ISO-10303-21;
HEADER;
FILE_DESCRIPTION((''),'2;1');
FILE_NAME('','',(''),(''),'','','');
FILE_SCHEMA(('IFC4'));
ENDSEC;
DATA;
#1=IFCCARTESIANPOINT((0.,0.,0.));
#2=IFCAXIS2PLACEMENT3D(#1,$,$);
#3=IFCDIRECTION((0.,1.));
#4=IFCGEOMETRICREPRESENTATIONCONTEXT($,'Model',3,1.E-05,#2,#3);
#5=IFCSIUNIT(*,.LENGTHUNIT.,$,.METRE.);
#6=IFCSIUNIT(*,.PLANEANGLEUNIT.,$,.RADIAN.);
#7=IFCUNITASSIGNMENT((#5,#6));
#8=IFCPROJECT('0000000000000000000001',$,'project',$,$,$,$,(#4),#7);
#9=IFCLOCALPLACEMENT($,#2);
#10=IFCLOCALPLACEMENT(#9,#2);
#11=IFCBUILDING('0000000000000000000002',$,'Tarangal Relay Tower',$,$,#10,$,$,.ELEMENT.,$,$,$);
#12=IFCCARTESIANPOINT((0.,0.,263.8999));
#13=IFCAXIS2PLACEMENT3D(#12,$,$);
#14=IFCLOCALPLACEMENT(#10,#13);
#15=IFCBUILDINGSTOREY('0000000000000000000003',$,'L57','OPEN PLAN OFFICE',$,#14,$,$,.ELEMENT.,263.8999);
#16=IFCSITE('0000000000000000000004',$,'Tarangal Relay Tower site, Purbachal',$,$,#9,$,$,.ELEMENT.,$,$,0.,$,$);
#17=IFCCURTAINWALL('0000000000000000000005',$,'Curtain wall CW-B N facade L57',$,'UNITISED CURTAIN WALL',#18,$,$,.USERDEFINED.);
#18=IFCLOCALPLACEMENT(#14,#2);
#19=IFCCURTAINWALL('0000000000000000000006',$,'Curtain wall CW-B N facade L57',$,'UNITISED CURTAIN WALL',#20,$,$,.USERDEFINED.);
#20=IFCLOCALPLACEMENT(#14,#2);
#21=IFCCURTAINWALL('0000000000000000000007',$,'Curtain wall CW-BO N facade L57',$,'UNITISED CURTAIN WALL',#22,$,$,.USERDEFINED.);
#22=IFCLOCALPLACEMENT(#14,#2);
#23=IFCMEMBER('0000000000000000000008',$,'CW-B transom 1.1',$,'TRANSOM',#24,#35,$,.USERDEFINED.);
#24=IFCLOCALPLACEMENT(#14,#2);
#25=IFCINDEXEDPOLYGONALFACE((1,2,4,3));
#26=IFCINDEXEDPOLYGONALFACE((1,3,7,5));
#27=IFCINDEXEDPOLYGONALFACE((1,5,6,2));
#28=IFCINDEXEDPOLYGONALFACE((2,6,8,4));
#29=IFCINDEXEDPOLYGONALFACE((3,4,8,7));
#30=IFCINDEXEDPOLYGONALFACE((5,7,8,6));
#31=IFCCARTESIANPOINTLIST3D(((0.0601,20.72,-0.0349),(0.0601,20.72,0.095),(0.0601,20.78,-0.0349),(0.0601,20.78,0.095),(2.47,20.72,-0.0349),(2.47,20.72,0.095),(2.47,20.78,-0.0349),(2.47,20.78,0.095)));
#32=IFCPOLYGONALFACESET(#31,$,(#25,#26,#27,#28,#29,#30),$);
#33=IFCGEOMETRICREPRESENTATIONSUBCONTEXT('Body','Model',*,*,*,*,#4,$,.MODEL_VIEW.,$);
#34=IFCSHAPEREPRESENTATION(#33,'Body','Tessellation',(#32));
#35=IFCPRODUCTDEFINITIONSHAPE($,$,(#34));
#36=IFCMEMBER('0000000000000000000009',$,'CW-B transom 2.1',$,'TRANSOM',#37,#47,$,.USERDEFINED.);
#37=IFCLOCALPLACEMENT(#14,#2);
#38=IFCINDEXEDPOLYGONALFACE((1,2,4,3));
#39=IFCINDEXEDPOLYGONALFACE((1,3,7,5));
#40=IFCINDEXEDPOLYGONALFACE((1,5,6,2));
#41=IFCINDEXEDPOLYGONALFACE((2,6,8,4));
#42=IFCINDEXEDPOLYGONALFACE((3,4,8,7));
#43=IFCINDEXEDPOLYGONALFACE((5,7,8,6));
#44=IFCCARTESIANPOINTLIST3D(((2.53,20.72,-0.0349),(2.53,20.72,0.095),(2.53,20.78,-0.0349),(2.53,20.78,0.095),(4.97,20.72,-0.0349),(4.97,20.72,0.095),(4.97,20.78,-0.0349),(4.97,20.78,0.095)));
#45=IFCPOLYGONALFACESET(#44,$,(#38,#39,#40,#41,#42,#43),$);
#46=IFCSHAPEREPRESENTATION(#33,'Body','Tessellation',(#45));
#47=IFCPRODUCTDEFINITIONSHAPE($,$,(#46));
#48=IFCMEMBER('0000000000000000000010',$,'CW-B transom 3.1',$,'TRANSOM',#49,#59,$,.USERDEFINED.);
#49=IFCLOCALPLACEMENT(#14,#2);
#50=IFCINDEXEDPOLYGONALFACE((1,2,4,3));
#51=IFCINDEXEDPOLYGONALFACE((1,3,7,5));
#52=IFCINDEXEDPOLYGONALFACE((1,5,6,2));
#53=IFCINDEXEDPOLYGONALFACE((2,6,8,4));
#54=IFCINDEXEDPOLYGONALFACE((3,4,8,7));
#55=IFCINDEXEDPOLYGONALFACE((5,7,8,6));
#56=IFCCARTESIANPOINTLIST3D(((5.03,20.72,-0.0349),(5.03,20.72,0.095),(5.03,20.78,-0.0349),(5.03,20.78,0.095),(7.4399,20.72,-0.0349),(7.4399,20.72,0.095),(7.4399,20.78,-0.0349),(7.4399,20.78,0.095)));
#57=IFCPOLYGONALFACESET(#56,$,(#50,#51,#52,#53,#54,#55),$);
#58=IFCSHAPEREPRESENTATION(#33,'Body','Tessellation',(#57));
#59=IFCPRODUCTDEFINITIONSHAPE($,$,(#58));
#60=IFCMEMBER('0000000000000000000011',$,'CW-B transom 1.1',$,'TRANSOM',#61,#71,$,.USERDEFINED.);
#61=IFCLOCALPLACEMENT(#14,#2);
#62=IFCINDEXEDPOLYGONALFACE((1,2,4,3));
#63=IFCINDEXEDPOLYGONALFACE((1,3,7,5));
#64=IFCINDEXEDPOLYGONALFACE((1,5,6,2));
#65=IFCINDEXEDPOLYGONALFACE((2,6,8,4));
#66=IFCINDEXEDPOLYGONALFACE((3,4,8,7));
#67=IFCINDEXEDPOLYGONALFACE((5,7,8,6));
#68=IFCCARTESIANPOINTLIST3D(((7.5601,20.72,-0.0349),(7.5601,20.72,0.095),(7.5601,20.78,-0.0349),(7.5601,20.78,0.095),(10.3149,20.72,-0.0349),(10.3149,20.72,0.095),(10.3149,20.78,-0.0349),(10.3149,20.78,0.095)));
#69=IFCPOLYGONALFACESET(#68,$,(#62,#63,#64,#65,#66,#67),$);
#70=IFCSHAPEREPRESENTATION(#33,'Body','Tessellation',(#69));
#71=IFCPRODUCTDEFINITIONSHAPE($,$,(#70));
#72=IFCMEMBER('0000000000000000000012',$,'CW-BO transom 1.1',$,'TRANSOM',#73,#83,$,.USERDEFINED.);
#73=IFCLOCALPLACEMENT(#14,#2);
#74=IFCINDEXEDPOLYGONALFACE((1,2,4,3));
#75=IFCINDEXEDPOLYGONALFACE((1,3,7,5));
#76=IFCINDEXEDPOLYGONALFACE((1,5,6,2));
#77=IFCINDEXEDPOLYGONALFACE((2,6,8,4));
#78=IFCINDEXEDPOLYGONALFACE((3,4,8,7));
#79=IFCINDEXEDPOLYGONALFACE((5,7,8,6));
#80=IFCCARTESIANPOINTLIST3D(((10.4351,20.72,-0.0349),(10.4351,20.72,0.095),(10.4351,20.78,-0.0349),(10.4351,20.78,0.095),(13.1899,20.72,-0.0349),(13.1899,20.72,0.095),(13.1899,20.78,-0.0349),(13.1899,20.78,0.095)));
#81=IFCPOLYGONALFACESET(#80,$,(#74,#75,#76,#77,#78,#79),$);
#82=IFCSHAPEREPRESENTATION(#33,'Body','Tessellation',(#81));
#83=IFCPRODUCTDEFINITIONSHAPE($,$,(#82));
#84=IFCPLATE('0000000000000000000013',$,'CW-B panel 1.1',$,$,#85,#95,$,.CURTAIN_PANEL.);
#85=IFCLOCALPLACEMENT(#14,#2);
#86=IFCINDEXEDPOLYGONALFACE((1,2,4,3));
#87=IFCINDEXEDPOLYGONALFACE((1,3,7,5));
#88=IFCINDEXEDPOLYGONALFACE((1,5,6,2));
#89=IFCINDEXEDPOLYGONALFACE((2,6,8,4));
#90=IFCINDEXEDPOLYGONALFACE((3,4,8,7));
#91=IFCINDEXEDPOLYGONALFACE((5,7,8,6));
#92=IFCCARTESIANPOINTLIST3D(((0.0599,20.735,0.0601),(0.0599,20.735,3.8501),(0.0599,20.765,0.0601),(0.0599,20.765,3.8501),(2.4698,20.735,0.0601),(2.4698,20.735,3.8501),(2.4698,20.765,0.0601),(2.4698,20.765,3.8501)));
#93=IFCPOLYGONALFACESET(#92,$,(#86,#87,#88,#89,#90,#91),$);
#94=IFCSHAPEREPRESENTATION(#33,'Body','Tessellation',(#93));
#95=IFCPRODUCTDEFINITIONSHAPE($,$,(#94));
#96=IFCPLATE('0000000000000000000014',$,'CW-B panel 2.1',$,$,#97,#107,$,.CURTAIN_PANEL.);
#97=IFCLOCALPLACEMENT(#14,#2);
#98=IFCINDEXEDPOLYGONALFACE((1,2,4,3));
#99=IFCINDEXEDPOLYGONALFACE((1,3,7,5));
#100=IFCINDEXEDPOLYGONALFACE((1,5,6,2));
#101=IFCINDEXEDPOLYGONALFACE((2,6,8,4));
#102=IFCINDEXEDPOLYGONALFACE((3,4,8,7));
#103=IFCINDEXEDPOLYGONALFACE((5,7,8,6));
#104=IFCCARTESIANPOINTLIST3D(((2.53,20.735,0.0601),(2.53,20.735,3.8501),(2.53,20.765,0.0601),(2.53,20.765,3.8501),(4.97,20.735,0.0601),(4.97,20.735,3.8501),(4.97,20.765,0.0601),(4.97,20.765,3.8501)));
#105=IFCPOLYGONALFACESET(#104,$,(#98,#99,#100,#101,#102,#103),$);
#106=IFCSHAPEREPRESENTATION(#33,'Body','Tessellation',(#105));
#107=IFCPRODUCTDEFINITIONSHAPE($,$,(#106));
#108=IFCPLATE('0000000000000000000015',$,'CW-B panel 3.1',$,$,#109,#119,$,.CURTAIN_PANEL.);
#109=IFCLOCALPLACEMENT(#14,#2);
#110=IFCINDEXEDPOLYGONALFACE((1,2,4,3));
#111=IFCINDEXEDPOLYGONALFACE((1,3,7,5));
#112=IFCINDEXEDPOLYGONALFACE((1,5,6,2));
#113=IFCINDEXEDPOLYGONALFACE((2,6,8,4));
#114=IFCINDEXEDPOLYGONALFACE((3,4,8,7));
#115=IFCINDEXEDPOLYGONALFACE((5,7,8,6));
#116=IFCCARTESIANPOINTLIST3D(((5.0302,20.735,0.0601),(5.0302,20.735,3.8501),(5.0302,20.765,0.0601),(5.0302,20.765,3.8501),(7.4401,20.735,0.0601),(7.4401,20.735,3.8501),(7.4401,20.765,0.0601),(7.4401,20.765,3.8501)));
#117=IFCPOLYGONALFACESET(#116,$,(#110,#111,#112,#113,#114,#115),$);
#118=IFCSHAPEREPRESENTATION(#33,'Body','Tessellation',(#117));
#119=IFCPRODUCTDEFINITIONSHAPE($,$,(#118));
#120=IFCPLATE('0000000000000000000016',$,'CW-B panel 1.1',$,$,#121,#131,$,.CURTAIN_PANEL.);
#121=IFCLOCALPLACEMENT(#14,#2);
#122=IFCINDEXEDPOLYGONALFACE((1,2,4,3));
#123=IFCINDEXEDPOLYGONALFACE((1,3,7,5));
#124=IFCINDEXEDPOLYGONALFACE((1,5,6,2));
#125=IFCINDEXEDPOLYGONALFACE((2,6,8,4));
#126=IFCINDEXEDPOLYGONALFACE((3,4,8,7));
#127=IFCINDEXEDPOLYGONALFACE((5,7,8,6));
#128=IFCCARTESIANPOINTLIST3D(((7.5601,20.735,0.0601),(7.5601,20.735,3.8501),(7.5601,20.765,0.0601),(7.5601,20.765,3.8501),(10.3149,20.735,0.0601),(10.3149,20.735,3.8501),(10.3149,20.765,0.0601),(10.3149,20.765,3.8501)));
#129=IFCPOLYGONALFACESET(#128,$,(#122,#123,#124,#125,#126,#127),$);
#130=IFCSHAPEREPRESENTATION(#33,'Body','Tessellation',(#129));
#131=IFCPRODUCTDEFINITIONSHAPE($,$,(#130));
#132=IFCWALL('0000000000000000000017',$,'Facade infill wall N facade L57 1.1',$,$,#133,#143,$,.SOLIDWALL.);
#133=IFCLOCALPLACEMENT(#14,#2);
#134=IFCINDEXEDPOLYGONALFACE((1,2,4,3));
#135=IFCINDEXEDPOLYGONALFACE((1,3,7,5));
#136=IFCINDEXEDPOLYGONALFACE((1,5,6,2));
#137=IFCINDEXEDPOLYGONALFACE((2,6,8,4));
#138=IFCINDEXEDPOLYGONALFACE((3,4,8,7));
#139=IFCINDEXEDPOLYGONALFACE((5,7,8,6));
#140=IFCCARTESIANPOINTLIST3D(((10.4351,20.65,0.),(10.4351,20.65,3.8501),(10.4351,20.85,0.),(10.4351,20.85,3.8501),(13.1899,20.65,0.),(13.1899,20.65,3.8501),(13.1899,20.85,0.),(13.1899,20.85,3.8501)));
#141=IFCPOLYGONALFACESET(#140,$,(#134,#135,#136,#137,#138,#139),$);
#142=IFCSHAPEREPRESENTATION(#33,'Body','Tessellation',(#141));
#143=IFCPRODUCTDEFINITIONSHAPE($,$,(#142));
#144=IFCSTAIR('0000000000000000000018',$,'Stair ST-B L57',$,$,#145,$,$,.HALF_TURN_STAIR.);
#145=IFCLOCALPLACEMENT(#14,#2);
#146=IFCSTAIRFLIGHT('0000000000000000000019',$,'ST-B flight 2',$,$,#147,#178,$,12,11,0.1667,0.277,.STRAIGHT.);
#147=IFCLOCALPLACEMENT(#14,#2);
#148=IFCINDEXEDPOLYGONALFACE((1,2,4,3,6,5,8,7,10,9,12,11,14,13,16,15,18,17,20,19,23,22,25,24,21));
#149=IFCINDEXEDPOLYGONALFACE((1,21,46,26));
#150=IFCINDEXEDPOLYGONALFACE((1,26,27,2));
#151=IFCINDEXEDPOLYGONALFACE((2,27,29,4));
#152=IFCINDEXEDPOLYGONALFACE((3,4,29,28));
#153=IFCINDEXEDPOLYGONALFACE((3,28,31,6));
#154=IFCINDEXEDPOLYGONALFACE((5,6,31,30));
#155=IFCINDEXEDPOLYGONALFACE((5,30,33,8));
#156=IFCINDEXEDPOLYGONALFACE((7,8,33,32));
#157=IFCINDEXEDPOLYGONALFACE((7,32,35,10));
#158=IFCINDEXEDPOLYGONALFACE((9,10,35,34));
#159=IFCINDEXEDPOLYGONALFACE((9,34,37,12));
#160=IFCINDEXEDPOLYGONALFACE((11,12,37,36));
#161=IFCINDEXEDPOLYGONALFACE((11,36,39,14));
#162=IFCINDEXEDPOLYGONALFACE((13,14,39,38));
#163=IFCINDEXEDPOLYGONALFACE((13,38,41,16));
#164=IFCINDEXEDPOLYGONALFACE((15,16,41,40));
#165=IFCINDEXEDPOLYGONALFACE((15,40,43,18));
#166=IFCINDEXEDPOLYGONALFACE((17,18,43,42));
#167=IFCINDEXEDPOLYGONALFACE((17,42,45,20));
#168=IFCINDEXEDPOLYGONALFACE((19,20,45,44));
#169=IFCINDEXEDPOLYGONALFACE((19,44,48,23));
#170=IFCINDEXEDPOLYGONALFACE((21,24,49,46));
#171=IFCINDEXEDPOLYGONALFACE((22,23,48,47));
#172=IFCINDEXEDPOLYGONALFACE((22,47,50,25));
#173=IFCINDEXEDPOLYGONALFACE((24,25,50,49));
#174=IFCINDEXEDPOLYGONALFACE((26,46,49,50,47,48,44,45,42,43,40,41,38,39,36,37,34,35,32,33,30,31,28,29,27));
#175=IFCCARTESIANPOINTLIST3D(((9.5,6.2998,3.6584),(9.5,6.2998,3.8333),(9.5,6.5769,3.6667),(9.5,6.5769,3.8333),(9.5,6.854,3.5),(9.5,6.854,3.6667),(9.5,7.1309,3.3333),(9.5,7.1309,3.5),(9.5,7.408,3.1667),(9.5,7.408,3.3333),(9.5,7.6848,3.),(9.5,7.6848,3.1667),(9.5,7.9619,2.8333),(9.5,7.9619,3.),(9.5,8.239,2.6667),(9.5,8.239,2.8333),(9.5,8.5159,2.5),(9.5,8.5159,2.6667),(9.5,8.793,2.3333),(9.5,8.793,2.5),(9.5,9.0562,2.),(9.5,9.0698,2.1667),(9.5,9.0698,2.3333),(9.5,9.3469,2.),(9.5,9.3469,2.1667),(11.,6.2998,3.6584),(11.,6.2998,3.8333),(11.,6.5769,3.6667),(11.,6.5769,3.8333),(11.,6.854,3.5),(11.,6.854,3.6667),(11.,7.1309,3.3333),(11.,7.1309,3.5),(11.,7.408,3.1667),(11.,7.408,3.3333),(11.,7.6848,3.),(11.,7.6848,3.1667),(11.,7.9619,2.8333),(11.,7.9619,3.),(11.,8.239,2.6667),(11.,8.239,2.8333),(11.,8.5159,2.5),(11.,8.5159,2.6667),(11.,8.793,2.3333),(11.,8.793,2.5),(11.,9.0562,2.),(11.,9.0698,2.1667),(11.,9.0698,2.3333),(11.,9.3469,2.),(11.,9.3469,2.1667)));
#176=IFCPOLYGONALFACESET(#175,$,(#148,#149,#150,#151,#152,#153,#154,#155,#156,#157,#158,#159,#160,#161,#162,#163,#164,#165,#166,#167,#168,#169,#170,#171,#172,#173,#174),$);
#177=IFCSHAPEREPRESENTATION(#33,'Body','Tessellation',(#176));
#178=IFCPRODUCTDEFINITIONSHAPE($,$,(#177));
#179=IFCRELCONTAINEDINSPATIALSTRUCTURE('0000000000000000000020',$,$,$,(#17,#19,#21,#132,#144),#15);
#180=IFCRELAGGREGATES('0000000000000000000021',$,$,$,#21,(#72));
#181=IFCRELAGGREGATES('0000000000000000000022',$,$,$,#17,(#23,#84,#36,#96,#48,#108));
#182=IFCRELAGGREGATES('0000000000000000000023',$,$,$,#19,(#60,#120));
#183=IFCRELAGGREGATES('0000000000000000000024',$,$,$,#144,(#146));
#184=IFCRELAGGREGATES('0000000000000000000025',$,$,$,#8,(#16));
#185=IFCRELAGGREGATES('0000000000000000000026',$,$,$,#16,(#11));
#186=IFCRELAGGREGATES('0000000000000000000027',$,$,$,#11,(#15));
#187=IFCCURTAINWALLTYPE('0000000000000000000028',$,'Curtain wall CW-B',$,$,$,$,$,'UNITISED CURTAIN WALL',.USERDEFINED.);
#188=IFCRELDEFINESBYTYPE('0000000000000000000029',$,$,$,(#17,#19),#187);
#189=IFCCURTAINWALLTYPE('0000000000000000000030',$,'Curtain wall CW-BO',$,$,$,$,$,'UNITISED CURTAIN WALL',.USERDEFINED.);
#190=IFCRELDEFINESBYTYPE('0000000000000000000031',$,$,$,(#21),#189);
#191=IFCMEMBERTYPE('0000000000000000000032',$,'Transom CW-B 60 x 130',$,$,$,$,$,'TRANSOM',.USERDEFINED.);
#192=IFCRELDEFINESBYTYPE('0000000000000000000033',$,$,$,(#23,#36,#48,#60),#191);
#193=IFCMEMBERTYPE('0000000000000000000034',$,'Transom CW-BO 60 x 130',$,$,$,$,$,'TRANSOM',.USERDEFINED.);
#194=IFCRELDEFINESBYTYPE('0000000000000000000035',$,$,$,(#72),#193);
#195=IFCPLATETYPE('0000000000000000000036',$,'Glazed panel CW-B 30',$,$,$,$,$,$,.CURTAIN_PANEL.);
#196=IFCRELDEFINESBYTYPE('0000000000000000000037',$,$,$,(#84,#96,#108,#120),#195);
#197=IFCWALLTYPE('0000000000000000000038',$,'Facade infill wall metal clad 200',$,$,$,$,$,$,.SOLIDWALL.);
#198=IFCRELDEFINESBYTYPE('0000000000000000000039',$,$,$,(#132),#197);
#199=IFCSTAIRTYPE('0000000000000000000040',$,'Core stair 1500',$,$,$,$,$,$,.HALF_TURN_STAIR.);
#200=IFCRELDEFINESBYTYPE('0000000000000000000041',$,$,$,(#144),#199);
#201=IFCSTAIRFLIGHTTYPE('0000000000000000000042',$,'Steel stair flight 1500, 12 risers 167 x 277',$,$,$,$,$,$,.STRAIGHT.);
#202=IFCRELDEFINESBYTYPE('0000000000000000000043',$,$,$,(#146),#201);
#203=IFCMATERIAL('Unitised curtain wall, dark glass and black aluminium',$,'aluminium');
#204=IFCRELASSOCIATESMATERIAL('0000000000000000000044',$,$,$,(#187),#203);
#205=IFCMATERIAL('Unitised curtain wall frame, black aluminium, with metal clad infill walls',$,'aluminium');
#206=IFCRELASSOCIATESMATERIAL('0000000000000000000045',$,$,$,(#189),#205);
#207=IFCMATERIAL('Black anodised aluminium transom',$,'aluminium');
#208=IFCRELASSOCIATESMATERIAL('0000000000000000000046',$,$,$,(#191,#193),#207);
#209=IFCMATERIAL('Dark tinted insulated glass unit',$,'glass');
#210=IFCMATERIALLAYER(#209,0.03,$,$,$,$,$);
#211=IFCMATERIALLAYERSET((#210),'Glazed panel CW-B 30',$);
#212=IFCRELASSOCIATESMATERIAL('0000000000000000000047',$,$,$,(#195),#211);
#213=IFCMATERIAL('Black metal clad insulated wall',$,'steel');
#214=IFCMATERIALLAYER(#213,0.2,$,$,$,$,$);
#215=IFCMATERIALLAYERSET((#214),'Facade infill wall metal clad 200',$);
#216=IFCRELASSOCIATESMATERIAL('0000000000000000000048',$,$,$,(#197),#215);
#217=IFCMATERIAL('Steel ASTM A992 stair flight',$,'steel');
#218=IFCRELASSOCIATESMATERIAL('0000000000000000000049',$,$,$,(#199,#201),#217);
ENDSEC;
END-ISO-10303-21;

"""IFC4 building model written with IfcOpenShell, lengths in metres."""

from ifc_helpers import new_model, si_unit, direction, frame, frame_2d, origin, origin_2d, place, context, subcontext, project, spatial, polyline, rectangle, outline, extrude, material, layer, layer_set, material_profile, profile_set, type_object, element, aggregate, save


model = new_model("IFC4")

# Units and contexts
model_context = context("Model", 3, precision=1e-05, world=origin(), true_north=direction((0.0, 1.0)))
body_context = subcontext(model_context, "Body", "Model", "MODEL_VIEW")
ifc_project = project(units=[si_unit("LENGTHUNIT", "METRE"), si_unit("PLANEANGLEUNIT", "RADIAN")], contexts=[model_context])

# Site, building, storey
site_placement = place(None, origin())
site = spatial("IfcSite", under=ifc_project, at=site_placement, Name="Tarangal Relay Tower site, Purbachal", CompositionType="ELEMENT", RefElevation=0.0)
building_placement = place(site_placement, origin())
building = spatial("IfcBuilding", under=site, at=building_placement, Name="Tarangal Relay Tower", CompositionType="ELEMENT")
storey_placement = place(building_placement, frame((0.0, 0.0, 263.8999)))
storey = spatial("IfcBuildingStorey", under=building, at=storey_placement, Name="L57", Description="OPEN PLAN OFFICE", CompositionType="ELEMENT", Elevation=263.8999)

# Curtain walls
ifc_material_1 = material(Name="Unitised curtain wall, dark glass and black aluminium", Category="aluminium")
curtain_wall_type_1 = type_object("IfcCurtainWallType", Name="Curtain wall CW-B", ElementType="UNITISED CURTAIN WALL", PredefinedType="USERDEFINED", material=ifc_material_1)
curtain_wall_1_placement = place(storey_placement, origin())
curtain_wall_1 = element("IfcCurtainWall", 1, at=curtain_wall_1_placement, inside=storey, type_object=curtain_wall_type_1, Name="Curtain wall CW-B N facade L57", ObjectType="UNITISED CURTAIN WALL", PredefinedType="USERDEFINED")
curtain_wall_2_placement = place(storey_placement, origin())
curtain_wall_2 = element("IfcCurtainWall", 2, at=curtain_wall_2_placement, inside=storey, type_object=curtain_wall_type_1, Name="Curtain wall CW-B N facade L57", ObjectType="UNITISED CURTAIN WALL", PredefinedType="USERDEFINED")

# Curtain wall
ifc_material_2 = material(Name="Unitised curtain wall frame, black aluminium, with metal clad infill walls", Category="aluminium")
curtain_wall_type_2 = type_object("IfcCurtainWallType", Name="Curtain wall CW-BO", ElementType="UNITISED CURTAIN WALL", PredefinedType="USERDEFINED", material=ifc_material_2)
curtain_wall_3_placement = place(storey_placement, origin())
curtain_wall_3 = element("IfcCurtainWall", 3, at=curtain_wall_3_placement, inside=storey, type_object=curtain_wall_type_2, Name="Curtain wall CW-BO N facade L57", ObjectType="UNITISED CURTAIN WALL", PredefinedType="USERDEFINED")

# Members
ifc_material_3 = material(Name="Black anodised aluminium transom", Category="aluminium")
ifc_material_profile_1 = material_profile(ifc_material_3, rectangle(XDim=0.0601, YDim=0.1299, at=origin_2d()), Name="CW-BT 60X130")
ifc_profile_set_1 = profile_set([ifc_material_profile_1], Name="Black anodised aluminium transom")
member_type_1 = type_object("IfcMemberType", Name="Transom CW-B 60 x 130", ElementType="TRANSOM", PredefinedType="USERDEFINED", material=ifc_profile_set_1)
member_1_placement = place(storey_placement, frame((0.0601, 20.75, 0.03), z_axis=(1.0, 0.0, 0.0), x_axis=(0.0, 1.0, 0.0)))
member_1 = element("IfcMember", 4, at=member_1_placement, type_object=member_type_1, Name="CW-B transom 1.1", ObjectType="TRANSOM", PredefinedType="USERDEFINED", context=body_context, shape_type="SweptSolid", body=[
    extrude(rectangle(XDim=0.0601, YDim=0.1299, at=origin_2d()), origin(), (0.0, 0.0, 1.0), 2.4099),
])
member_2_placement = place(storey_placement, frame((2.53, 20.75, 0.03), z_axis=(1.0, 0.0, 0.0), x_axis=(0.0, 1.0, 0.0)))
member_2 = element("IfcMember", 5, at=member_2_placement, type_object=member_type_1, Name="CW-B transom 2.1", ObjectType="TRANSOM", PredefinedType="USERDEFINED", context=body_context, shape_type="SweptSolid", body=[
    extrude(rectangle(XDim=0.0601, YDim=0.1299, at=origin_2d()), origin(), (0.0, 0.0, 1.0), 2.4399),
])
member_3_placement = place(storey_placement, frame((5.03, 20.75, 0.03), z_axis=(1.0, 0.0, 0.0), x_axis=(0.0, 1.0, 0.0)))
member_3 = element("IfcMember", 6, at=member_3_placement, type_object=member_type_1, Name="CW-B transom 3.1", ObjectType="TRANSOM", PredefinedType="USERDEFINED", context=body_context, shape_type="SweptSolid", body=[
    extrude(rectangle(XDim=0.0601, YDim=0.1299, at=origin_2d()), origin(), (0.0, 0.0, 1.0), 2.4099),
])
member_4_placement = place(storey_placement, frame((7.5601, 20.75, 0.03), z_axis=(1.0, 0.0, 0.0), x_axis=(0.0, 1.0, 0.0)))
member_4 = element("IfcMember", 7, at=member_4_placement, type_object=member_type_1, Name="CW-B transom 1.1", ObjectType="TRANSOM", PredefinedType="USERDEFINED", context=body_context, shape_type="SweptSolid", body=[
    extrude(rectangle(XDim=0.0601, YDim=0.1299, at=origin_2d()), origin(), (0.0, 0.0, 1.0), 2.7549),
])
ifc_material_profile_2 = material_profile(ifc_material_3, rectangle(XDim=0.0601, YDim=0.1299, at=origin_2d()), Name="CW-BOT 60X130")
ifc_profile_set_2 = profile_set([ifc_material_profile_2], Name="Black anodised aluminium transom")
member_type_2 = type_object("IfcMemberType", Name="Transom CW-BO 60 x 130", ElementType="TRANSOM", PredefinedType="USERDEFINED", material=ifc_profile_set_2)
member_5_placement = place(storey_placement, frame((10.4351, 20.75, 0.03), z_axis=(1.0, 0.0, 0.0), x_axis=(0.0, 1.0, 0.0)))
member_5 = element("IfcMember", 8, at=member_5_placement, type_object=member_type_2, Name="CW-BO transom 1.1", ObjectType="TRANSOM", PredefinedType="USERDEFINED", context=body_context, shape_type="SweptSolid", body=[
    extrude(rectangle(XDim=0.0601, YDim=0.1299, at=origin_2d()), origin(), (0.0, 0.0, 1.0), 2.7549),
])
aggregate(curtain_wall_3, [member_5])

# Plates
ifc_material_4 = material(Name="Dark tinted insulated glass unit", Category="glass")
ifc_layer_1 = layer(ifc_material_4, 0.03)
ifc_layer_set_1 = layer_set([ifc_layer_1], Name="Glazed panel CW-B 30")
plate_type = type_object("IfcPlateType", Name="Glazed panel CW-B 30", PredefinedType="CURTAIN_PANEL", material=ifc_layer_set_1)
plate_1_placement = place(storey_placement, frame((1.2649, 20.75, 0.0601), z_axis=(0.0, 0.0, 1.0), x_axis=(1.0, 0.0, 0.0)))
plate_1 = element("IfcPlate", 9, at=plate_1_placement, type_object=plate_type, Name="CW-B panel 1.1", PredefinedType="CURTAIN_PANEL", context=body_context, shape_type="SweptSolid", body=[
    extrude(rectangle(XDim=2.4099, YDim=0.03, at=origin_2d()), origin(), (0.0, 0.0, 1.0), 3.79),
])
plate_2_placement = place(storey_placement, frame((3.75, 20.75, 0.0601), z_axis=(0.0, 0.0, 1.0), x_axis=(1.0, 0.0, 0.0)))
plate_2 = element("IfcPlate", 10, at=plate_2_placement, type_object=plate_type, Name="CW-B panel 2.1", PredefinedType="CURTAIN_PANEL", context=body_context, shape_type="SweptSolid", body=[
    extrude(rectangle(XDim=2.4399, YDim=0.03, at=origin_2d()), origin(), (0.0, 0.0, 1.0), 3.79),
])
plate_3_placement = place(storey_placement, frame((6.2351, 20.75, 0.0601), z_axis=(0.0, 0.0, 1.0), x_axis=(1.0, 0.0, 0.0)))
plate_3 = element("IfcPlate", 11, at=plate_3_placement, type_object=plate_type, Name="CW-B panel 3.1", PredefinedType="CURTAIN_PANEL", context=body_context, shape_type="SweptSolid", body=[
    extrude(rectangle(XDim=2.4099, YDim=0.03, at=origin_2d()), origin(), (0.0, 0.0, 1.0), 3.79),
])
aggregate(curtain_wall_1, [member_1, plate_1, member_2, plate_2, member_3, plate_3])
plate_4_placement = place(storey_placement, frame((8.9375, 20.75, 0.0601), z_axis=(0.0, 0.0, 1.0), x_axis=(1.0, 0.0, 0.0)))
plate_4 = element("IfcPlate", 12, at=plate_4_placement, type_object=plate_type, Name="CW-B panel 1.1", PredefinedType="CURTAIN_PANEL", context=body_context, shape_type="SweptSolid", body=[
    extrude(rectangle(XDim=2.7549, YDim=0.03, at=origin_2d()), origin(), (0.0, 0.0, 1.0), 3.79),
])
aggregate(curtain_wall_2, [member_4, plate_4])

# Wall
ifc_material_5 = material(Name="Black metal clad insulated wall", Category="steel")
ifc_layer_2 = layer(ifc_material_5, 0.2)
ifc_layer_set_2 = layer_set([ifc_layer_2], Name="Facade infill wall metal clad 200")
wall_type = type_object("IfcWallType", Name="Facade infill wall metal clad 200", PredefinedType="SOLIDWALL", material=ifc_layer_set_2)
wall_placement = place(storey_placement, frame((10.4351, 20.75, 0.0), z_axis=(0.0, 0.0, 1.0), x_axis=(1.0, 0.0, 0.0)))
element("IfcWall", 13, at=wall_placement, inside=storey, type_object=wall_type, Name="Facade infill wall N facade L57 1.1", PredefinedType="SOLIDWALL", context=body_context, shape_type="SweptSolid", body=[
    extrude(rectangle(XDim=2.7549, YDim=0.2, at=frame_2d((1.3774, 0.0))), origin(), (0.0, 0.0, 1.0), 3.8501),
])

# Stair, stair flight
ifc_material_6 = material(Name="Steel ASTM A992 stair flight", Category="steel")
stair_type = type_object("IfcStairType", Name="Core stair 1500", PredefinedType="HALF_TURN_STAIR", material=ifc_material_6)
stair_placement = place(storey_placement, origin())
stair = element("IfcStair", 14, at=stair_placement, inside=storey, type_object=stair_type, Name="Stair ST-B L57", PredefinedType="HALF_TURN_STAIR")
stair_flight_type = type_object("IfcStairFlightType", Name="Steel stair flight 1500, 12 risers 167 x 277", PredefinedType="STRAIGHT", material=ifc_material_6)
stair_flight_placement = place(storey_placement, frame((10.25, 9.3469, 2.0), z_axis=(0.0, 0.0, 1.0), x_axis=(0.0, -1.0, 0.0)))
stair_flight = element("IfcStairFlight", 15, at=stair_flight_placement, type_object=stair_flight_type, Name="ST-B flight 2", NumberOfRisers=12, NumberOfTreads=11, PredefinedType="STRAIGHT", RiserHeight=0.1667, TreadLength=0.277, context=body_context, shape_type="SweptSolid", body=[
    extrude(outline(polyline([(0.0, 0.0), (0.0, 0.1667), (0.2771, 0.1667), (0.2771, 0.3333), (0.554, 0.3333), (0.554, 0.5), (0.8311, 0.5), (0.8311, 0.6667), (1.1079, 0.6667), (1.1079, 0.8333), (1.385, 0.8333), (1.385, 1.0), (1.6621, 1.0), (1.6621, 1.1667), (1.939, 1.1667), (1.939, 1.3333), (2.2161, 1.3333), (2.2161, 1.5), (2.4929, 1.5), (2.4929, 1.6667), (2.77, 1.6667), (2.77, 1.8333), (3.0471, 1.8333), (3.0471, 2.0), (3.0471, 1.6584), (0.2908, 0.0), (0.0, 0.0)])), frame((0.0, 0.75, 0.0), z_axis=(0.0, -1.0, 0.0), x_axis=(1.0, 0.0, 0.0)), (0.0, 0.0, 1.0), 1.5),
])
aggregate(stair, [stair_flight])

save(model, "model.ifc")
